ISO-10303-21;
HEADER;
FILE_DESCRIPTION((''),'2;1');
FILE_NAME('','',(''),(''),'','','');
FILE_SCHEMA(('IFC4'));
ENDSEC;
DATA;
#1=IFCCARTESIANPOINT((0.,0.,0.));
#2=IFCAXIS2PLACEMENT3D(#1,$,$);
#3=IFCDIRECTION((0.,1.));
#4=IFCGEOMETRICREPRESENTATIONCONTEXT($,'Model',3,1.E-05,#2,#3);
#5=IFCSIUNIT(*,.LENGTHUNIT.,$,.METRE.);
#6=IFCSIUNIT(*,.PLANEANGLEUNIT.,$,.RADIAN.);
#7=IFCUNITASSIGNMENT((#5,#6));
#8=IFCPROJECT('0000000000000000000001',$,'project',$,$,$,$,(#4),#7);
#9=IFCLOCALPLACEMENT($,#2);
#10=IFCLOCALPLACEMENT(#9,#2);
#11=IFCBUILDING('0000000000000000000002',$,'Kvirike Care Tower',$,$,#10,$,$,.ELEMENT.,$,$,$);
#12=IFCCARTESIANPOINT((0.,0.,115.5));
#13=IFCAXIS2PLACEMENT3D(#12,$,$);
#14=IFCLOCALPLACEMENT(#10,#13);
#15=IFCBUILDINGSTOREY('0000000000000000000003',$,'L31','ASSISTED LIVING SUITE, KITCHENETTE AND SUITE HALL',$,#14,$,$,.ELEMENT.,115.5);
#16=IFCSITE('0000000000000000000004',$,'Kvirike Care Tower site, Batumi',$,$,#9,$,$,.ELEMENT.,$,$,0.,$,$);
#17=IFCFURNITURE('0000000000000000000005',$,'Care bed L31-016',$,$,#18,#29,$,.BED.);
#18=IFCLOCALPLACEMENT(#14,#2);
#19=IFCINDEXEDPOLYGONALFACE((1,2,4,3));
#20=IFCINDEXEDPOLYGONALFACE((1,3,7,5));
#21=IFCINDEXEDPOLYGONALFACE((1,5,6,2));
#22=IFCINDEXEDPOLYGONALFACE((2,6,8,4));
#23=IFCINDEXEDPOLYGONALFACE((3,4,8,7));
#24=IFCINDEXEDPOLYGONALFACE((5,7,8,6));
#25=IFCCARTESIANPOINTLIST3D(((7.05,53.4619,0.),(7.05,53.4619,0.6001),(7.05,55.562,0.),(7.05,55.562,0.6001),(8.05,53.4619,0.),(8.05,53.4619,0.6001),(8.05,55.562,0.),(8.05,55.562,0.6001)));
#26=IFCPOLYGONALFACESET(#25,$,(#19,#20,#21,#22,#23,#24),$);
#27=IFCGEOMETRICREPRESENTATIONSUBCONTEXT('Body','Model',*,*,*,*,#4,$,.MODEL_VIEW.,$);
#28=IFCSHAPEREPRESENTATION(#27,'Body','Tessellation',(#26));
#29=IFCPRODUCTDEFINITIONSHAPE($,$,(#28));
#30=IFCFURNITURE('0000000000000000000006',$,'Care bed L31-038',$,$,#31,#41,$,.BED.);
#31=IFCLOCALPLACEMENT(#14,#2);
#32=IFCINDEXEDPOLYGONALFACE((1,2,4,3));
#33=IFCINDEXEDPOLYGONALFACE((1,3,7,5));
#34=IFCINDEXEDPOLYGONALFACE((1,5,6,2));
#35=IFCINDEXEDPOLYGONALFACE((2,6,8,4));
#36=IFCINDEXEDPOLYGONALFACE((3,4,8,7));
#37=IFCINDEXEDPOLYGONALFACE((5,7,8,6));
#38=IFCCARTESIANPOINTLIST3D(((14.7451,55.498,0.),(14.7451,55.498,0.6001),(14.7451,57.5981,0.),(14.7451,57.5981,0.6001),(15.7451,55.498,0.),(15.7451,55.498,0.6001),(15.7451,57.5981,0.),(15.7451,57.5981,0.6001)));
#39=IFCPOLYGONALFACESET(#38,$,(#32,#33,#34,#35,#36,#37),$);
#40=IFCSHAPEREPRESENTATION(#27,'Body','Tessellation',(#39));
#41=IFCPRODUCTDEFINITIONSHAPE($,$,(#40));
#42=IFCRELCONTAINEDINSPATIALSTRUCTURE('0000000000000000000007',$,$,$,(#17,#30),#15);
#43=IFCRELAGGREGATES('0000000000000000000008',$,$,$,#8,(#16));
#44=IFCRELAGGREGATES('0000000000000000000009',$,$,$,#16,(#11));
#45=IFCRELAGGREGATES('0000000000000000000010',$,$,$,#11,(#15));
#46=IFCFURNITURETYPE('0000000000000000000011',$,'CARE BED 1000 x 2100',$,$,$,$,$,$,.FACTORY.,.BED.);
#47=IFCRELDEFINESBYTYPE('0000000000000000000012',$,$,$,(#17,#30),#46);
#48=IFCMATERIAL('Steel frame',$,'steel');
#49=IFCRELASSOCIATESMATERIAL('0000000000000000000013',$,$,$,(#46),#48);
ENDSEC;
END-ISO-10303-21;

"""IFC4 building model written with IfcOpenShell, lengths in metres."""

from ifc_helpers import new_model, si_unit, direction, frame, origin, origin_2d, place, context, subcontext, project, spatial, rectangle, extrude, material, type_object, element, save


model = new_model("IFC4")

# Units and contexts
model_context = context("Model", 3, precision=1e-05, world=origin(), true_north=direction((0.0, 1.0)))
body_context = subcontext(model_context, "Body", "Model", "MODEL_VIEW")
ifc_project = project(units=[si_unit("LENGTHUNIT", "METRE"), si_unit("PLANEANGLEUNIT", "RADIAN")], contexts=[model_context])

# Site, building, storey
site_placement = place(None, origin())
site = spatial("IfcSite", under=ifc_project, at=site_placement, Name="Kvirike Care Tower site, Batumi", CompositionType="ELEMENT", RefElevation=0.0)
building_placement = place(site_placement, origin())
building = spatial("IfcBuilding", under=site, at=building_placement, Name="Kvirike Care Tower", CompositionType="ELEMENT")
storey_placement = place(building_placement, frame((0.0, 0.0, 115.5)))
storey = spatial("IfcBuildingStorey", under=building, at=storey_placement, Name="L31", Description="ASSISTED LIVING SUITE, KITCHENETTE AND SUITE HALL", CompositionType="ELEMENT", Elevation=115.5)

# Furniture
ifc_material_1 = material(Name="Steel frame", Category="steel")
furniture_type = type_object("IfcFurnitureType", Name="CARE BED 1000 x 2100", AssemblyPlace="FACTORY", PredefinedType="BED", material=ifc_material_1)
for number, where, z_axis, x_axis, name in (
    (1, (7.55, 54.512, 0.0), (0.0, 0.0, 1.0), (-1.0, 0.0, 0.0), "Care bed L31-016"),
    (2, (15.2451, 56.5481, 0.0), (0.0, 0.0, 1.0), (1.0, 0.0, 0.0), "Care bed L31-038"),
):
    element("IfcFurniture", number, at=place(storey_placement, frame(where, z_axis=z_axis, x_axis=x_axis)), inside=storey, type_object=furniture_type, Name=name, PredefinedType="BED", context=body_context, shape_type="SweptSolid", body=[
        extrude(rectangle(XDim=1.0, YDim=2.1001, at=origin_2d()), origin(), (0.0, 0.0, 1.0), 0.6001),
    ])

save(model, "model.ifc")
